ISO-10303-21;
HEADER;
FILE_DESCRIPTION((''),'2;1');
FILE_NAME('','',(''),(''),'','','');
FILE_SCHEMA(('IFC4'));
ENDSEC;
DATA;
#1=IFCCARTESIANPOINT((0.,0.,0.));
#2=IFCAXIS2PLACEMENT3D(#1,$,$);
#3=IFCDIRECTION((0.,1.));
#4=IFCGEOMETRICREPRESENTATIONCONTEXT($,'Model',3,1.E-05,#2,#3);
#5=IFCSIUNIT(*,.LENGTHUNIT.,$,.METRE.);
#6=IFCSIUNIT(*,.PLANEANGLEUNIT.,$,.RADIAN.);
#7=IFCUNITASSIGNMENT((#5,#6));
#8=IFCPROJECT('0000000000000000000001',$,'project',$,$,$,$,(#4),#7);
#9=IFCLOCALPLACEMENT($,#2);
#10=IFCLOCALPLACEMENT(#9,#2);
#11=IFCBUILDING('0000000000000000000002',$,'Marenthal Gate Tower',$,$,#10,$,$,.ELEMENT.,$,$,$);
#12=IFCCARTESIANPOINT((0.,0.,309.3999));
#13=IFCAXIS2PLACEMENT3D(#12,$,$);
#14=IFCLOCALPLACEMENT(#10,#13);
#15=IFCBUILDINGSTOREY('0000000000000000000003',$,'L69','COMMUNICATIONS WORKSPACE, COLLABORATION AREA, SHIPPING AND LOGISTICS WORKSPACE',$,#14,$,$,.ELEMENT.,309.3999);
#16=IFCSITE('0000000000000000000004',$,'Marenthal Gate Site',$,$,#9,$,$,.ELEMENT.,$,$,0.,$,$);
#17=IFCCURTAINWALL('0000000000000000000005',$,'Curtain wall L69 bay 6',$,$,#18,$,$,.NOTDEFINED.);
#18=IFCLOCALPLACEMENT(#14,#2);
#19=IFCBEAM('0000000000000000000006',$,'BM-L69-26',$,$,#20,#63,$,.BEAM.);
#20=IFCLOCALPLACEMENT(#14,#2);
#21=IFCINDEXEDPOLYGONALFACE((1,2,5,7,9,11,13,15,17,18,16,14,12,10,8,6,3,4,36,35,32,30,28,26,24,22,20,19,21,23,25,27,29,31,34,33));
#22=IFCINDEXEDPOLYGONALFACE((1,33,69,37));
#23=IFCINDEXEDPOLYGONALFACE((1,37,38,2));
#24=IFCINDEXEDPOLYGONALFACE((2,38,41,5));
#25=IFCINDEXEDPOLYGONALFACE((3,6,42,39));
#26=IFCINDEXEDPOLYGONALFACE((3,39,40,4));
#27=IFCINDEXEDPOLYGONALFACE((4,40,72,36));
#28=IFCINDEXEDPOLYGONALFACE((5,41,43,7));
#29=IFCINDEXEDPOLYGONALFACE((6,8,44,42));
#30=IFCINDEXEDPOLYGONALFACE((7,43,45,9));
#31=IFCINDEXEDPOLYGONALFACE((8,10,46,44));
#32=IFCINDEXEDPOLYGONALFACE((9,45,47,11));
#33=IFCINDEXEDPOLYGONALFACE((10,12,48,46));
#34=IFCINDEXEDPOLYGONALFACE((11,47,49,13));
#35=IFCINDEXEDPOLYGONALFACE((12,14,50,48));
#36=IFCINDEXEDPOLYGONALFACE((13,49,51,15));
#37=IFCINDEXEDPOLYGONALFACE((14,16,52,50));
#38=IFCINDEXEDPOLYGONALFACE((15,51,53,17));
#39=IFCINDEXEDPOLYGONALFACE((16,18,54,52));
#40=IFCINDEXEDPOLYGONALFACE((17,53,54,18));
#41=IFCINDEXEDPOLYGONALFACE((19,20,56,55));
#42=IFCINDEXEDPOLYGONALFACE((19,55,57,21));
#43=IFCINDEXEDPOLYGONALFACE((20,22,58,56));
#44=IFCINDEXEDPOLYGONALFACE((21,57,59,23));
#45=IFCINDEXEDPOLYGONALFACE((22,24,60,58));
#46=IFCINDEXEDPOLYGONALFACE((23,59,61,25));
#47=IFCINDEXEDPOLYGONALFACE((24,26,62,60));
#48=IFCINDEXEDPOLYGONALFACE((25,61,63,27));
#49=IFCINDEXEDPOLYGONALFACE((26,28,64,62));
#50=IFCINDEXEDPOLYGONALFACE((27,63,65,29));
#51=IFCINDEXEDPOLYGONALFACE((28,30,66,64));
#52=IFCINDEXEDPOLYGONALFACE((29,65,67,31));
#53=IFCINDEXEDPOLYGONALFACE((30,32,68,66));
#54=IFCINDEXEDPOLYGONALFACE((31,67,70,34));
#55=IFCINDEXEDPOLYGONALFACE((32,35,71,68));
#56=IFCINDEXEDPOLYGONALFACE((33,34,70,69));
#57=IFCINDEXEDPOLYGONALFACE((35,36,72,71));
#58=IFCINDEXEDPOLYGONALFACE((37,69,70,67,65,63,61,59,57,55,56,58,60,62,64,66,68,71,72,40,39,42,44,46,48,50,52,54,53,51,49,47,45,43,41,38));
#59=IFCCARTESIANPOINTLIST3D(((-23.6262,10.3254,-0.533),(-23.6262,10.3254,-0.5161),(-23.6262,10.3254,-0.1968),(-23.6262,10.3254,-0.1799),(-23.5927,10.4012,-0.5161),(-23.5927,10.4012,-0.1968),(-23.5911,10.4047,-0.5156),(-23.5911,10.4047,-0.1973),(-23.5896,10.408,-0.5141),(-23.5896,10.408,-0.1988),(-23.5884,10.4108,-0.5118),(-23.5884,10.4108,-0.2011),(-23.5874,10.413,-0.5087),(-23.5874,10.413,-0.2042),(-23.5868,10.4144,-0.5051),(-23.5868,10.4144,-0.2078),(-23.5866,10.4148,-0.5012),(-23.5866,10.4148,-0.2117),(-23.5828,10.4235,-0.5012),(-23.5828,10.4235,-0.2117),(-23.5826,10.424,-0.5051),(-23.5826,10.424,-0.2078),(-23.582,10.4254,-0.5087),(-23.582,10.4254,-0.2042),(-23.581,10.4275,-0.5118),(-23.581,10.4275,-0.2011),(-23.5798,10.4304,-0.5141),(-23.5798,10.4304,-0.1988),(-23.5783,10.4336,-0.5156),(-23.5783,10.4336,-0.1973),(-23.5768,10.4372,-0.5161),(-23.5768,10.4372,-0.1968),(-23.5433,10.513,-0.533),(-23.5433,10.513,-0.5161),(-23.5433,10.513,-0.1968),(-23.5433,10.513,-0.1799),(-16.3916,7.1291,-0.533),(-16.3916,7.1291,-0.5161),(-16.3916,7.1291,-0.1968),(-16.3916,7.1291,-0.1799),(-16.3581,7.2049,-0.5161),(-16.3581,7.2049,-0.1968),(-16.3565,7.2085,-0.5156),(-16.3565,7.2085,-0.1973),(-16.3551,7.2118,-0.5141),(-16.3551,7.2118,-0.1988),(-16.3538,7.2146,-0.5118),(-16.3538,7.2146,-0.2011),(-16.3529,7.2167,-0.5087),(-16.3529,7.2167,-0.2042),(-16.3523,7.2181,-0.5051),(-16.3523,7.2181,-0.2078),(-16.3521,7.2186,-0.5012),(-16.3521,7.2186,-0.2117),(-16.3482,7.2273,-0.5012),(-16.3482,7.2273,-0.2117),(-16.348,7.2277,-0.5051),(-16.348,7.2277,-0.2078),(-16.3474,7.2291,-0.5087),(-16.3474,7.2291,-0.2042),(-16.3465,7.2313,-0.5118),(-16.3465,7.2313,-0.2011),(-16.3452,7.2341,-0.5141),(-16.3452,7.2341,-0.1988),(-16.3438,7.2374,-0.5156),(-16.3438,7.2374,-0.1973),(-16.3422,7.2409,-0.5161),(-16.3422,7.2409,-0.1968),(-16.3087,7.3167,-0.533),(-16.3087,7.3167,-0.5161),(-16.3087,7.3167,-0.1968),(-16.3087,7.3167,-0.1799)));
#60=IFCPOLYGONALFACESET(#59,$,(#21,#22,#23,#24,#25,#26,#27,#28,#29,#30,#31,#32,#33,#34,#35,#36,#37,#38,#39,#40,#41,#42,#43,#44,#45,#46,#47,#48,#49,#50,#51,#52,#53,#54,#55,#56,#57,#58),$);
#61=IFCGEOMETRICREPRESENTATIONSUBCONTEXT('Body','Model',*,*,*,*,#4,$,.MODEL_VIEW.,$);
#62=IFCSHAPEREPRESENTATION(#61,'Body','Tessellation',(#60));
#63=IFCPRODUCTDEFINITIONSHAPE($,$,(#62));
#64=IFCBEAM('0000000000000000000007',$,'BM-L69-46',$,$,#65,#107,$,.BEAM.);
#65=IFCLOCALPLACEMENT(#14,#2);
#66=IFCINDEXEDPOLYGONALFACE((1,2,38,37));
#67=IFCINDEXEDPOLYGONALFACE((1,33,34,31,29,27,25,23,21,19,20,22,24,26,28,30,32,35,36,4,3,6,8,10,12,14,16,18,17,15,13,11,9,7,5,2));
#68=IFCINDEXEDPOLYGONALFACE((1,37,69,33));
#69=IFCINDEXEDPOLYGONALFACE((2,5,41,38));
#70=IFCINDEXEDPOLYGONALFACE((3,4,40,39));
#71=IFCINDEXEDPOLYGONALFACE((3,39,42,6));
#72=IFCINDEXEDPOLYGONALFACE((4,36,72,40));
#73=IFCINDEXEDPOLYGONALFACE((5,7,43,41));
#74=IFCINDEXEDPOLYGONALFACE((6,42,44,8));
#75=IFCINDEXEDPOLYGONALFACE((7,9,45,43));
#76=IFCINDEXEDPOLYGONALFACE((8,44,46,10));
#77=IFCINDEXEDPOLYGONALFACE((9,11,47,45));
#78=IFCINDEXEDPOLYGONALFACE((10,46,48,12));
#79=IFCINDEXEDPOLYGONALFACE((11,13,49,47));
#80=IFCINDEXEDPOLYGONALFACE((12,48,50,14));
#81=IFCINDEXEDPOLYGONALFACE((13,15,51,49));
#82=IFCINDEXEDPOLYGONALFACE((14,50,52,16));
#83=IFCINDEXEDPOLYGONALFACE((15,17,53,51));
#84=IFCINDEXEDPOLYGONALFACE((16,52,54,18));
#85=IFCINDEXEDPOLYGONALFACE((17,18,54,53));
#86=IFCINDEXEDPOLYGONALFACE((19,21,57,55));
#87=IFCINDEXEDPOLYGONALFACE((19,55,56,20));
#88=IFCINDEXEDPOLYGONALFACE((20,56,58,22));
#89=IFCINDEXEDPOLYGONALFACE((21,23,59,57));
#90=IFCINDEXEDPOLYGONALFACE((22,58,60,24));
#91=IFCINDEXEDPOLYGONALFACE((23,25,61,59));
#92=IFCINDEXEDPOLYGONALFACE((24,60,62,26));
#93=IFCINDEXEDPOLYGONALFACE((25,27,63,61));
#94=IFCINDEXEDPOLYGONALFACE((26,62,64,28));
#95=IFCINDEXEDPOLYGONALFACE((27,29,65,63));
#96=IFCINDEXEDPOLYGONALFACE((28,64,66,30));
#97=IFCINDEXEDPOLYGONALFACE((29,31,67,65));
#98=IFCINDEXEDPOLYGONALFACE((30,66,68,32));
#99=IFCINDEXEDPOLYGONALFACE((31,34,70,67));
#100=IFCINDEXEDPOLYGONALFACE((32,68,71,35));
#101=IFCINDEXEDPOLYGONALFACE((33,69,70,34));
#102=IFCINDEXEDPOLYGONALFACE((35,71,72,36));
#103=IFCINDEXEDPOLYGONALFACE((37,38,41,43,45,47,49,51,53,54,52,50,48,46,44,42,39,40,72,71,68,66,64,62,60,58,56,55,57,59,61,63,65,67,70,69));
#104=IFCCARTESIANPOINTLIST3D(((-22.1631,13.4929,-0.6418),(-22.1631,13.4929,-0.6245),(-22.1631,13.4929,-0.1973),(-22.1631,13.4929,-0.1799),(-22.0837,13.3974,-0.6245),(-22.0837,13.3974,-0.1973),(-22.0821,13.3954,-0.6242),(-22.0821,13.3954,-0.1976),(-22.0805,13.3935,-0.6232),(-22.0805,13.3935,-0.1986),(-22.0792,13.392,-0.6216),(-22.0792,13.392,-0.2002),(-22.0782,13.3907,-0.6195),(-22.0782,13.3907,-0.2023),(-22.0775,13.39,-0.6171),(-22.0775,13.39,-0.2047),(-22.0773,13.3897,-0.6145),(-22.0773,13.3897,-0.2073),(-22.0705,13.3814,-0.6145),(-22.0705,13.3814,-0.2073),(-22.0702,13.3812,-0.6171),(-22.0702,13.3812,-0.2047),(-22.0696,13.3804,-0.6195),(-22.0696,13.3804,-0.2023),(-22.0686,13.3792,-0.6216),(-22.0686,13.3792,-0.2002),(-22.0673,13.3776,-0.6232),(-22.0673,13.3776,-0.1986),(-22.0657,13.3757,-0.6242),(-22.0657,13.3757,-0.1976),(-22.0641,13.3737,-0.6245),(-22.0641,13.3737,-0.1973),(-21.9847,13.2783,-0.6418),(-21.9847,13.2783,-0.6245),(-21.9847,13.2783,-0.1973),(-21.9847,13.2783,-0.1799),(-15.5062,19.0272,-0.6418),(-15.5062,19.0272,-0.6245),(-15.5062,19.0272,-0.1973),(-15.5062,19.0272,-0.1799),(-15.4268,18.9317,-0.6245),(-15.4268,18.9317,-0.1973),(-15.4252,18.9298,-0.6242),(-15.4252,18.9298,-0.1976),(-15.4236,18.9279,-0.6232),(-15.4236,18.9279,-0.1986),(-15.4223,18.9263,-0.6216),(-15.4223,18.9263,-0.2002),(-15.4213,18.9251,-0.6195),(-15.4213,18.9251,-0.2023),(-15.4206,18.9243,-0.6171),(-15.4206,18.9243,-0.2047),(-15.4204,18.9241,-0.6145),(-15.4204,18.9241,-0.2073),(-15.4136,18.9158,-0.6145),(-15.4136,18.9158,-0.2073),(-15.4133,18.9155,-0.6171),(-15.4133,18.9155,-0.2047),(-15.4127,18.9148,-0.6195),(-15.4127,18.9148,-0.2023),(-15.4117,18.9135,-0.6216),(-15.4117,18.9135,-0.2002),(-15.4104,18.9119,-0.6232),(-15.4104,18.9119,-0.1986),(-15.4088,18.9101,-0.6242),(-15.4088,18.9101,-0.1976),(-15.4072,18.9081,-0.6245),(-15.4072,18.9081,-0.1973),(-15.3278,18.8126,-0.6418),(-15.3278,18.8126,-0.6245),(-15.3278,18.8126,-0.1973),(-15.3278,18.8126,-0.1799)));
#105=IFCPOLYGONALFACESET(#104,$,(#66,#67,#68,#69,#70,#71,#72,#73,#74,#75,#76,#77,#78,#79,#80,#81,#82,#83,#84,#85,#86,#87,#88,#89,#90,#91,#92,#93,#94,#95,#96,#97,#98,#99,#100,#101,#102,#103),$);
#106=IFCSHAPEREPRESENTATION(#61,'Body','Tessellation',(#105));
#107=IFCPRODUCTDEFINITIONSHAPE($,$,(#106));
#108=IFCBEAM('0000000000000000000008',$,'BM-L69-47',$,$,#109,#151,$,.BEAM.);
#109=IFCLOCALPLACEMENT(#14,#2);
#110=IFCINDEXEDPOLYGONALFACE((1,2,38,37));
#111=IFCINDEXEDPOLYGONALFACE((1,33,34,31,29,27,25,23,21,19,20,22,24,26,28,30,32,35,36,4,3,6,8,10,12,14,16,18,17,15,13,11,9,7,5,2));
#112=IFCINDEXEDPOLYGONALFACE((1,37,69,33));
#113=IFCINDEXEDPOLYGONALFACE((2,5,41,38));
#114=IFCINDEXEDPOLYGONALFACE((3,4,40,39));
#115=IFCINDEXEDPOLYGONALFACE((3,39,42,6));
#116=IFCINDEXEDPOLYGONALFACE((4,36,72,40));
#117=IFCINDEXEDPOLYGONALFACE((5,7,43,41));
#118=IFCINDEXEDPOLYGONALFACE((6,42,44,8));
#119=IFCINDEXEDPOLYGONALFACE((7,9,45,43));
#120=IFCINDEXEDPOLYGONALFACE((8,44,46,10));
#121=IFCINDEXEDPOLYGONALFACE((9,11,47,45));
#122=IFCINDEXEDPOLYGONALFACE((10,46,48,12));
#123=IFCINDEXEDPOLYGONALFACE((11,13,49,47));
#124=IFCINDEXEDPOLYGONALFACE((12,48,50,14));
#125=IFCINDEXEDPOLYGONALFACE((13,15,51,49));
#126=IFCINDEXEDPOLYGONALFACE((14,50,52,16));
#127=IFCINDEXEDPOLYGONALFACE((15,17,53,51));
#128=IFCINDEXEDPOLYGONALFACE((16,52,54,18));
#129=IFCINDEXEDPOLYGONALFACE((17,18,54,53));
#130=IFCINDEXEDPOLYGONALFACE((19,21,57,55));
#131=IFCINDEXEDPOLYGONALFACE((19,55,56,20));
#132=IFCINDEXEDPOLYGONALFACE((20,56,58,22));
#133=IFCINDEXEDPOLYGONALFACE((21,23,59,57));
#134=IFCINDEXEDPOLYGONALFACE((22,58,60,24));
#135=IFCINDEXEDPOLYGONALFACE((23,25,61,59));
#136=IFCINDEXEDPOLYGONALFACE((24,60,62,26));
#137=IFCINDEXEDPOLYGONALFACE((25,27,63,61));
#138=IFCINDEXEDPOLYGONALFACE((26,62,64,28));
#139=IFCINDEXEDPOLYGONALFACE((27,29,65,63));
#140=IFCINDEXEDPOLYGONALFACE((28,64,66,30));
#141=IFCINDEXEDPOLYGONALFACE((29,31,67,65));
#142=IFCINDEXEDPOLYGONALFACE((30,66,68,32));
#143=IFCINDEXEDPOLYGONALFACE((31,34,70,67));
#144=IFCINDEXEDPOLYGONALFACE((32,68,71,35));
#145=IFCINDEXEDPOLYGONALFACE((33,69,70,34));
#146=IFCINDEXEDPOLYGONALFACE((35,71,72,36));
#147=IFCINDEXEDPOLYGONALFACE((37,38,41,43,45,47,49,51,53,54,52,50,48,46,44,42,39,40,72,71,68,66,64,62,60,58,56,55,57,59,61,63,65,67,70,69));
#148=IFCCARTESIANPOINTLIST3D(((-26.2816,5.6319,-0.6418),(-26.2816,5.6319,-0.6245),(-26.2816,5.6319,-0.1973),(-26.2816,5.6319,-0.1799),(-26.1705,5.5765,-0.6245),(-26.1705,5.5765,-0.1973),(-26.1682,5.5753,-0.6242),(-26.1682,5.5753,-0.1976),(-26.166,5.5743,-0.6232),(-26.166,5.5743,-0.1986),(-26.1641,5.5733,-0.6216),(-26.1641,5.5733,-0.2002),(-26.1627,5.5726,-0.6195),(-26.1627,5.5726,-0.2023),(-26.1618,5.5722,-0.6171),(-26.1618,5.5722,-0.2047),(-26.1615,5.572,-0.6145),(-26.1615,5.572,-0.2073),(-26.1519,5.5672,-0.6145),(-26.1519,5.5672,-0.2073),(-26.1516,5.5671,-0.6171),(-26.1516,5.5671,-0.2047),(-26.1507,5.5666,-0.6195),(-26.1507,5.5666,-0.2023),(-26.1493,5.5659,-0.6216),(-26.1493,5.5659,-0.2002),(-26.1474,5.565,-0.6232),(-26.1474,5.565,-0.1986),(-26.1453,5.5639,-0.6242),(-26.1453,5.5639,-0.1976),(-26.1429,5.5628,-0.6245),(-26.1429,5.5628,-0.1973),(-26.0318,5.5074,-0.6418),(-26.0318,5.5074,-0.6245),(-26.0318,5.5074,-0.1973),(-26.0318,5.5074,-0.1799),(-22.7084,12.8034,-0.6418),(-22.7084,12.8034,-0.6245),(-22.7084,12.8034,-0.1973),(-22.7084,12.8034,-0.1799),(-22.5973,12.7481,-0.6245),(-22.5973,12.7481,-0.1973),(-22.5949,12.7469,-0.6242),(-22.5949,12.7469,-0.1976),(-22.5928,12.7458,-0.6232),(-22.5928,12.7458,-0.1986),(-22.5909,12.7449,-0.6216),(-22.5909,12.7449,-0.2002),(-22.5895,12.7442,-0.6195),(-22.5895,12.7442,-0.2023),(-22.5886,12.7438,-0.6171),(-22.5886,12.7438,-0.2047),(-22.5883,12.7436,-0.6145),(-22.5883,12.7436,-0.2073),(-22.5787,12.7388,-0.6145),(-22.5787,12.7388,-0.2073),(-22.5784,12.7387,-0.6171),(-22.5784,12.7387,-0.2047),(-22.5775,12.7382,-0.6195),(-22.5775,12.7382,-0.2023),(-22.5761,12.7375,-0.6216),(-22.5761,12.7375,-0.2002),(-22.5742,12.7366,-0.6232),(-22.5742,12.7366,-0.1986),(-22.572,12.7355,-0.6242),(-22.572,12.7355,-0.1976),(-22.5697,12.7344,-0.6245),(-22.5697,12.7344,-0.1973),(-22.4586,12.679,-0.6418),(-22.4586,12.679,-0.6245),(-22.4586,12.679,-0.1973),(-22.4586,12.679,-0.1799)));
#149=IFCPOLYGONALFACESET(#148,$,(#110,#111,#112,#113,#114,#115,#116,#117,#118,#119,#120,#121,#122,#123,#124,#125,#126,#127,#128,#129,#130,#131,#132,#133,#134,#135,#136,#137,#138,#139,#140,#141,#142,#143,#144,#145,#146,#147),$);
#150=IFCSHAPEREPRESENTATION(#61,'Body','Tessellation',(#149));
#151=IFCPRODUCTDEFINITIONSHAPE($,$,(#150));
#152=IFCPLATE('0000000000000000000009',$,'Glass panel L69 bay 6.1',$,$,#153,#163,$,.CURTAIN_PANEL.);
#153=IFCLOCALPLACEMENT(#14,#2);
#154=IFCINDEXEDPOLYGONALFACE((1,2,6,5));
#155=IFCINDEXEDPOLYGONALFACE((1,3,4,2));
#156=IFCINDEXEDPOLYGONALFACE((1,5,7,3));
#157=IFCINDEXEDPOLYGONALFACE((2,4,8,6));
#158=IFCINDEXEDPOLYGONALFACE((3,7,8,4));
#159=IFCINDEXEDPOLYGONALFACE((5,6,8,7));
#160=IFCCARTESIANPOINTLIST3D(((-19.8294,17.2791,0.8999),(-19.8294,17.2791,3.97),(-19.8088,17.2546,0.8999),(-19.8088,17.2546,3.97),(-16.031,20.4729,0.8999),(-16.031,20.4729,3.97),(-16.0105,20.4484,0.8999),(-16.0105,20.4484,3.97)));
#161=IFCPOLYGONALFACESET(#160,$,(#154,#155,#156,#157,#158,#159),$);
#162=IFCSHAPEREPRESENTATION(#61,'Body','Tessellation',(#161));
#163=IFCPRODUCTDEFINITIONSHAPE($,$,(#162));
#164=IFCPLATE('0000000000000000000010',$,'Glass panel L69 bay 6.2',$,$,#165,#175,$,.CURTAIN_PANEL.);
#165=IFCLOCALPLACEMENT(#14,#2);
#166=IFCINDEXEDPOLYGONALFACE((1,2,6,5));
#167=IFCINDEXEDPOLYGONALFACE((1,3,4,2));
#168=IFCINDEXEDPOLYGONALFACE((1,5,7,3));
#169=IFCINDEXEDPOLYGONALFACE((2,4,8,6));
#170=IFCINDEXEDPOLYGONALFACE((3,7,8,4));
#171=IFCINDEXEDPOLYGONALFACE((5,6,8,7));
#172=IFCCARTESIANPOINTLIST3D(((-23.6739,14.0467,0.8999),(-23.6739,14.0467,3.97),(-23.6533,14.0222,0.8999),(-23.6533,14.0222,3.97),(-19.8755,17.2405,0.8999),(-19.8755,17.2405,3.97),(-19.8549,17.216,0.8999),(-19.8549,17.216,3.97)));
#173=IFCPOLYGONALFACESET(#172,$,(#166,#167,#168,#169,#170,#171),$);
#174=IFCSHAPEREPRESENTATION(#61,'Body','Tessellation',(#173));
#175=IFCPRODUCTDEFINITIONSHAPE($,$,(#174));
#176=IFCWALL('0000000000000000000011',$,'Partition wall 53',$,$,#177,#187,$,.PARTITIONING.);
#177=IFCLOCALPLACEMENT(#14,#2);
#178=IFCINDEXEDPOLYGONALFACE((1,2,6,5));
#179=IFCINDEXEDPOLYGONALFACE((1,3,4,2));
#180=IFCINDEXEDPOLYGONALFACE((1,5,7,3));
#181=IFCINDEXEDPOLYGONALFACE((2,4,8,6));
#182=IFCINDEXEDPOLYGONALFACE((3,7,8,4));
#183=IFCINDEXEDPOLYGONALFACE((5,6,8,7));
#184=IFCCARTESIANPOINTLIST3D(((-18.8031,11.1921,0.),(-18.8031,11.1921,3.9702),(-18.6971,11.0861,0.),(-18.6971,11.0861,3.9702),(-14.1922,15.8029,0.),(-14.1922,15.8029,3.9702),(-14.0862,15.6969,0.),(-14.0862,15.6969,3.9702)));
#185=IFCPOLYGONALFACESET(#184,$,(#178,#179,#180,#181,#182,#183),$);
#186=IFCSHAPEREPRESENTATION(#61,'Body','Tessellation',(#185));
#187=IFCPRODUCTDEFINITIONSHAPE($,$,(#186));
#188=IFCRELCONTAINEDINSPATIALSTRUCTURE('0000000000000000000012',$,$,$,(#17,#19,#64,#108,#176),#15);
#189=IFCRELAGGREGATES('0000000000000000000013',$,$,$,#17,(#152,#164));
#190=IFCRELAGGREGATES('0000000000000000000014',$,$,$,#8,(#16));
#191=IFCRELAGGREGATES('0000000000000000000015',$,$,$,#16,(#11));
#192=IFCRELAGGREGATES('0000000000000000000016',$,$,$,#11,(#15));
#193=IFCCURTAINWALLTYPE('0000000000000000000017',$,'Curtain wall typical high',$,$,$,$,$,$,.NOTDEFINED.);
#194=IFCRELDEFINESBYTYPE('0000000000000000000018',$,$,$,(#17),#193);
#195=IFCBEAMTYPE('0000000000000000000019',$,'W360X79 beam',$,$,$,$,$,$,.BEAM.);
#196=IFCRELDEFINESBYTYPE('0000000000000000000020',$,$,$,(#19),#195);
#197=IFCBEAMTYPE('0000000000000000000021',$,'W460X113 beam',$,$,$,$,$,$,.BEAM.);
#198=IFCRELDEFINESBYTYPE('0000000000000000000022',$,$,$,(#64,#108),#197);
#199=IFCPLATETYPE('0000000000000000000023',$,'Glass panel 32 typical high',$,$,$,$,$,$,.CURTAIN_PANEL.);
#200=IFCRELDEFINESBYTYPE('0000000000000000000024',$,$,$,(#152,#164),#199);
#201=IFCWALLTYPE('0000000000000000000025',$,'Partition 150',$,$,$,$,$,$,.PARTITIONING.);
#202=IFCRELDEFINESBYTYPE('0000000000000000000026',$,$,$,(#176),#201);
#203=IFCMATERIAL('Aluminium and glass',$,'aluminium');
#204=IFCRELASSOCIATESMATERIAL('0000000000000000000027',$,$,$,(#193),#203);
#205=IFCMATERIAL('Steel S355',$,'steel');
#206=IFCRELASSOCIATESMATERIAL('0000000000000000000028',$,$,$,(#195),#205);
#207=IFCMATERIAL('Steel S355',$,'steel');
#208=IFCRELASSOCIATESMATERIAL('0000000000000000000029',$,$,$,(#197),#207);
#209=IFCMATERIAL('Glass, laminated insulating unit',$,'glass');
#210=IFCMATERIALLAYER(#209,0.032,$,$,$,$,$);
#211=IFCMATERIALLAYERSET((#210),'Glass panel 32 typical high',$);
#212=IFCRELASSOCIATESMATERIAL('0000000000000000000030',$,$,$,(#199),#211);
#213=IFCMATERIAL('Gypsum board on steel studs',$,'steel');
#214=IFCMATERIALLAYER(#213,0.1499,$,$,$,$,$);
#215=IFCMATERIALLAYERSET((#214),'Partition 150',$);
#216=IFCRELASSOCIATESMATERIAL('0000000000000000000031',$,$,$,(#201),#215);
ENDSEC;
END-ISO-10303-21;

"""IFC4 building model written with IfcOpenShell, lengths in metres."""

from ifc_helpers import new_model, si_unit, direction, frame, frame_2d, origin, origin_2d, place, context, subcontext, project, spatial, rectangle, i_section, extrude, material, layer, layer_set, material_profile, profile_set, type_object, element, aggregate, save


model = new_model("IFC4")

# Units and contexts
model_context = context("Model", 3, precision=1e-05, world=origin(), true_north=direction((0.0, 1.0)))
body_context = subcontext(model_context, "Body", "Model", "MODEL_VIEW")
ifc_project = project(units=[si_unit("LENGTHUNIT", "METRE"), si_unit("PLANEANGLEUNIT", "RADIAN")], contexts=[model_context])

# Site, building, storey
site_placement = place(None, origin())
site = spatial("IfcSite", under=ifc_project, at=site_placement, Name="Marenthal Gate Site", CompositionType="ELEMENT", RefElevation=0.0)
building_placement = place(site_placement, origin())
building = spatial("IfcBuilding", under=site, at=building_placement, Name="Marenthal Gate Tower", CompositionType="ELEMENT")
storey_placement = place(building_placement, frame((0.0, 0.0, 309.3999)))
storey = spatial("IfcBuildingStorey", under=building, at=storey_placement, Name="L69", Description="COMMUNICATIONS WORKSPACE, COLLABORATION AREA, SHIPPING AND LOGISTICS WORKSPACE", CompositionType="ELEMENT", Elevation=309.3999)

# Curtain wall
ifc_material_1 = material(Name="Aluminium and glass", Category="aluminium")
curtain_wall_type = type_object("IfcCurtainWallType", Name="Curtain wall typical high", PredefinedType="NOTDEFINED", material=ifc_material_1)
curtain_wall_placement = place(storey_placement, origin())
curtain_wall = element("IfcCurtainWall", 1, at=curtain_wall_placement, inside=storey, type_object=curtain_wall_type, Name="Curtain wall L69 bay 6", PredefinedType="NOTDEFINED")

# Beams
ifc_material_2 = material(Name="Steel S355", Category="steel")
ifc_material_profile_1 = material_profile(ifc_material_2, i_section(OverallWidth=0.2051, OverallDepth=0.353, WebThickness=0.0095, FlangeThickness=0.0168, FilletRadius=0.0149, at=origin_2d()), Name="W360X79")
ifc_profile_set_1 = profile_set([ifc_material_profile_1], Name="Steel S355")
beam_type_1 = type_object("IfcBeamType", Name="W360X79 beam", PredefinedType="BEAM", material=ifc_profile_set_1)
beam_1_placement = place(storey_placement, frame((-23.5847, 10.4192, -0.3564), z_axis=(0.914705, -0.404121, 0.0), x_axis=(0.404121, 0.914705, 0.0)))
element("IfcBeam", 2, at=beam_1_placement, inside=storey, type_object=beam_type_1, Name="BM-L69-26", PredefinedType="BEAM", context=body_context, shape_type="SweptSolid", body=[
    extrude(i_section(OverallWidth=0.2051, OverallDepth=0.353, WebThickness=0.0095, FlangeThickness=0.0168, FilletRadius=0.0149, at=origin_2d()), origin(), (0.0, 0.0, 1.0), 7.9092),
])
ifc_material_3 = material(Name="Steel S355", Category="steel")
ifc_material_profile_2 = material_profile(ifc_material_3, i_section(OverallWidth=0.2791, OverallDepth=0.4619, WebThickness=0.0107, FlangeThickness=0.0173, FilletRadius=0.01, at=origin_2d()), Name="W460X113")
ifc_profile_set_2 = profile_set([ifc_material_profile_2], Name="Steel S355")
beam_type_2 = type_object("IfcBeamType", Name="W460X113 beam", PredefinedType="BEAM", material=ifc_profile_set_2)
beam_2_placement = place(storey_placement, frame((-15.417, 18.9199, -0.4109), z_axis=(-0.768963, -0.639294, 0.0), x_axis=(0.639294, -0.768963, 0.0)))
element("IfcBeam", 3, at=beam_2_placement, inside=storey, type_object=beam_type_2, Name="BM-L69-46", PredefinedType="BEAM", context=body_context, shape_type="SweptSolid", body=[
    extrude(i_section(OverallWidth=0.2791, OverallDepth=0.4619, WebThickness=0.0107, FlangeThickness=0.0173, FilletRadius=0.01, at=origin_2d()), origin(), (0.0, 0.0, 1.0), 8.657),
])
beam_3_placement = place(storey_placement, frame((-22.5835, 12.7412, -0.4109), z_axis=(-0.445958, -0.895054, 0.0), x_axis=(0.895054, -0.445958, 0.0)))
element("IfcBeam", 4, at=beam_3_placement, inside=storey, type_object=beam_type_2, Name="BM-L69-47", PredefinedType="BEAM", context=body_context, shape_type="SweptSolid", body=[
    extrude(i_section(OverallWidth=0.2791, OverallDepth=0.4619, WebThickness=0.0107, FlangeThickness=0.0173, FilletRadius=0.01, at=origin_2d()), origin(), (0.0, 0.0, 1.0), 8.0125),
])

# Plates
ifc_material_4 = material(Name="Glass, laminated insulating unit", Category="glass")
ifc_layer_1 = layer(ifc_material_4, 0.032)
ifc_layer_set_1 = layer_set([ifc_layer_1], Name="Glass panel 32 typical high")
plate_type = type_object("IfcPlateType", Name="Glass panel 32 typical high", PredefinedType="CURTAIN_PANEL", material=ifc_layer_set_1)
plate_1_placement = place(storey_placement, frame((-17.9199, 18.8638, 0.8999), z_axis=(0.0, 0.0, 1.0), x_axis=(-0.765387, -0.64357, 0.0)))
plate_1 = element("IfcPlate", 5, at=plate_1_placement, type_object=plate_type, Name="Glass panel L69 bay 6.1", PredefinedType="CURTAIN_PANEL", context=body_context, shape_type="SweptSolid", body=[
    extrude(rectangle(XDim=4.9626, YDim=0.032, at=origin_2d()), origin(), (0.0, 0.0, 1.0), 3.0701),
])
plate_2_placement = place(storey_placement, frame((-21.7644, 15.6313, 0.8999), z_axis=(0.0, 0.0, 1.0), x_axis=(-0.765387, -0.64357, 0.0)))
plate_2 = element("IfcPlate", 6, at=plate_2_placement, type_object=plate_type, Name="Glass panel L69 bay 6.2", PredefinedType="CURTAIN_PANEL", context=body_context, shape_type="SweptSolid", body=[
    extrude(rectangle(XDim=4.9626, YDim=0.032, at=origin_2d()), origin(), (0.0, 0.0, 1.0), 3.0701),
])
aggregate(curtain_wall, [plate_1, plate_2])

# Wall
ifc_material_5 = material(Name="Gypsum board on steel studs", Category="steel")
ifc_layer_2 = layer(ifc_material_5, 0.1499)
ifc_layer_set_2 = layer_set([ifc_layer_2], Name="Partition 150")
wall_type_1 = type_object("IfcWallType", Name="Partition 150", PredefinedType="PARTITIONING", material=ifc_layer_set_2)
wall_1_placement = place(storey_placement, frame((-18.75, 11.1392, 0.0), z_axis=(0.0, 0.0, 1.0), x_axis=(0.707107, 0.707107, 0.0)))
element("IfcWall", 7, at=wall_1_placement, inside=storey, type_object=wall_type_1, Name="Partition wall 53", PredefinedType="PARTITIONING", context=body_context, shape_type="SweptSolid", body=[
    extrude(rectangle(XDim=6.5208, YDim=0.1499, at=frame_2d((3.2603, 0.0))), origin(), (0.0, 0.0, 1.0), 3.9702),
])

save(model, "model.ifc")
